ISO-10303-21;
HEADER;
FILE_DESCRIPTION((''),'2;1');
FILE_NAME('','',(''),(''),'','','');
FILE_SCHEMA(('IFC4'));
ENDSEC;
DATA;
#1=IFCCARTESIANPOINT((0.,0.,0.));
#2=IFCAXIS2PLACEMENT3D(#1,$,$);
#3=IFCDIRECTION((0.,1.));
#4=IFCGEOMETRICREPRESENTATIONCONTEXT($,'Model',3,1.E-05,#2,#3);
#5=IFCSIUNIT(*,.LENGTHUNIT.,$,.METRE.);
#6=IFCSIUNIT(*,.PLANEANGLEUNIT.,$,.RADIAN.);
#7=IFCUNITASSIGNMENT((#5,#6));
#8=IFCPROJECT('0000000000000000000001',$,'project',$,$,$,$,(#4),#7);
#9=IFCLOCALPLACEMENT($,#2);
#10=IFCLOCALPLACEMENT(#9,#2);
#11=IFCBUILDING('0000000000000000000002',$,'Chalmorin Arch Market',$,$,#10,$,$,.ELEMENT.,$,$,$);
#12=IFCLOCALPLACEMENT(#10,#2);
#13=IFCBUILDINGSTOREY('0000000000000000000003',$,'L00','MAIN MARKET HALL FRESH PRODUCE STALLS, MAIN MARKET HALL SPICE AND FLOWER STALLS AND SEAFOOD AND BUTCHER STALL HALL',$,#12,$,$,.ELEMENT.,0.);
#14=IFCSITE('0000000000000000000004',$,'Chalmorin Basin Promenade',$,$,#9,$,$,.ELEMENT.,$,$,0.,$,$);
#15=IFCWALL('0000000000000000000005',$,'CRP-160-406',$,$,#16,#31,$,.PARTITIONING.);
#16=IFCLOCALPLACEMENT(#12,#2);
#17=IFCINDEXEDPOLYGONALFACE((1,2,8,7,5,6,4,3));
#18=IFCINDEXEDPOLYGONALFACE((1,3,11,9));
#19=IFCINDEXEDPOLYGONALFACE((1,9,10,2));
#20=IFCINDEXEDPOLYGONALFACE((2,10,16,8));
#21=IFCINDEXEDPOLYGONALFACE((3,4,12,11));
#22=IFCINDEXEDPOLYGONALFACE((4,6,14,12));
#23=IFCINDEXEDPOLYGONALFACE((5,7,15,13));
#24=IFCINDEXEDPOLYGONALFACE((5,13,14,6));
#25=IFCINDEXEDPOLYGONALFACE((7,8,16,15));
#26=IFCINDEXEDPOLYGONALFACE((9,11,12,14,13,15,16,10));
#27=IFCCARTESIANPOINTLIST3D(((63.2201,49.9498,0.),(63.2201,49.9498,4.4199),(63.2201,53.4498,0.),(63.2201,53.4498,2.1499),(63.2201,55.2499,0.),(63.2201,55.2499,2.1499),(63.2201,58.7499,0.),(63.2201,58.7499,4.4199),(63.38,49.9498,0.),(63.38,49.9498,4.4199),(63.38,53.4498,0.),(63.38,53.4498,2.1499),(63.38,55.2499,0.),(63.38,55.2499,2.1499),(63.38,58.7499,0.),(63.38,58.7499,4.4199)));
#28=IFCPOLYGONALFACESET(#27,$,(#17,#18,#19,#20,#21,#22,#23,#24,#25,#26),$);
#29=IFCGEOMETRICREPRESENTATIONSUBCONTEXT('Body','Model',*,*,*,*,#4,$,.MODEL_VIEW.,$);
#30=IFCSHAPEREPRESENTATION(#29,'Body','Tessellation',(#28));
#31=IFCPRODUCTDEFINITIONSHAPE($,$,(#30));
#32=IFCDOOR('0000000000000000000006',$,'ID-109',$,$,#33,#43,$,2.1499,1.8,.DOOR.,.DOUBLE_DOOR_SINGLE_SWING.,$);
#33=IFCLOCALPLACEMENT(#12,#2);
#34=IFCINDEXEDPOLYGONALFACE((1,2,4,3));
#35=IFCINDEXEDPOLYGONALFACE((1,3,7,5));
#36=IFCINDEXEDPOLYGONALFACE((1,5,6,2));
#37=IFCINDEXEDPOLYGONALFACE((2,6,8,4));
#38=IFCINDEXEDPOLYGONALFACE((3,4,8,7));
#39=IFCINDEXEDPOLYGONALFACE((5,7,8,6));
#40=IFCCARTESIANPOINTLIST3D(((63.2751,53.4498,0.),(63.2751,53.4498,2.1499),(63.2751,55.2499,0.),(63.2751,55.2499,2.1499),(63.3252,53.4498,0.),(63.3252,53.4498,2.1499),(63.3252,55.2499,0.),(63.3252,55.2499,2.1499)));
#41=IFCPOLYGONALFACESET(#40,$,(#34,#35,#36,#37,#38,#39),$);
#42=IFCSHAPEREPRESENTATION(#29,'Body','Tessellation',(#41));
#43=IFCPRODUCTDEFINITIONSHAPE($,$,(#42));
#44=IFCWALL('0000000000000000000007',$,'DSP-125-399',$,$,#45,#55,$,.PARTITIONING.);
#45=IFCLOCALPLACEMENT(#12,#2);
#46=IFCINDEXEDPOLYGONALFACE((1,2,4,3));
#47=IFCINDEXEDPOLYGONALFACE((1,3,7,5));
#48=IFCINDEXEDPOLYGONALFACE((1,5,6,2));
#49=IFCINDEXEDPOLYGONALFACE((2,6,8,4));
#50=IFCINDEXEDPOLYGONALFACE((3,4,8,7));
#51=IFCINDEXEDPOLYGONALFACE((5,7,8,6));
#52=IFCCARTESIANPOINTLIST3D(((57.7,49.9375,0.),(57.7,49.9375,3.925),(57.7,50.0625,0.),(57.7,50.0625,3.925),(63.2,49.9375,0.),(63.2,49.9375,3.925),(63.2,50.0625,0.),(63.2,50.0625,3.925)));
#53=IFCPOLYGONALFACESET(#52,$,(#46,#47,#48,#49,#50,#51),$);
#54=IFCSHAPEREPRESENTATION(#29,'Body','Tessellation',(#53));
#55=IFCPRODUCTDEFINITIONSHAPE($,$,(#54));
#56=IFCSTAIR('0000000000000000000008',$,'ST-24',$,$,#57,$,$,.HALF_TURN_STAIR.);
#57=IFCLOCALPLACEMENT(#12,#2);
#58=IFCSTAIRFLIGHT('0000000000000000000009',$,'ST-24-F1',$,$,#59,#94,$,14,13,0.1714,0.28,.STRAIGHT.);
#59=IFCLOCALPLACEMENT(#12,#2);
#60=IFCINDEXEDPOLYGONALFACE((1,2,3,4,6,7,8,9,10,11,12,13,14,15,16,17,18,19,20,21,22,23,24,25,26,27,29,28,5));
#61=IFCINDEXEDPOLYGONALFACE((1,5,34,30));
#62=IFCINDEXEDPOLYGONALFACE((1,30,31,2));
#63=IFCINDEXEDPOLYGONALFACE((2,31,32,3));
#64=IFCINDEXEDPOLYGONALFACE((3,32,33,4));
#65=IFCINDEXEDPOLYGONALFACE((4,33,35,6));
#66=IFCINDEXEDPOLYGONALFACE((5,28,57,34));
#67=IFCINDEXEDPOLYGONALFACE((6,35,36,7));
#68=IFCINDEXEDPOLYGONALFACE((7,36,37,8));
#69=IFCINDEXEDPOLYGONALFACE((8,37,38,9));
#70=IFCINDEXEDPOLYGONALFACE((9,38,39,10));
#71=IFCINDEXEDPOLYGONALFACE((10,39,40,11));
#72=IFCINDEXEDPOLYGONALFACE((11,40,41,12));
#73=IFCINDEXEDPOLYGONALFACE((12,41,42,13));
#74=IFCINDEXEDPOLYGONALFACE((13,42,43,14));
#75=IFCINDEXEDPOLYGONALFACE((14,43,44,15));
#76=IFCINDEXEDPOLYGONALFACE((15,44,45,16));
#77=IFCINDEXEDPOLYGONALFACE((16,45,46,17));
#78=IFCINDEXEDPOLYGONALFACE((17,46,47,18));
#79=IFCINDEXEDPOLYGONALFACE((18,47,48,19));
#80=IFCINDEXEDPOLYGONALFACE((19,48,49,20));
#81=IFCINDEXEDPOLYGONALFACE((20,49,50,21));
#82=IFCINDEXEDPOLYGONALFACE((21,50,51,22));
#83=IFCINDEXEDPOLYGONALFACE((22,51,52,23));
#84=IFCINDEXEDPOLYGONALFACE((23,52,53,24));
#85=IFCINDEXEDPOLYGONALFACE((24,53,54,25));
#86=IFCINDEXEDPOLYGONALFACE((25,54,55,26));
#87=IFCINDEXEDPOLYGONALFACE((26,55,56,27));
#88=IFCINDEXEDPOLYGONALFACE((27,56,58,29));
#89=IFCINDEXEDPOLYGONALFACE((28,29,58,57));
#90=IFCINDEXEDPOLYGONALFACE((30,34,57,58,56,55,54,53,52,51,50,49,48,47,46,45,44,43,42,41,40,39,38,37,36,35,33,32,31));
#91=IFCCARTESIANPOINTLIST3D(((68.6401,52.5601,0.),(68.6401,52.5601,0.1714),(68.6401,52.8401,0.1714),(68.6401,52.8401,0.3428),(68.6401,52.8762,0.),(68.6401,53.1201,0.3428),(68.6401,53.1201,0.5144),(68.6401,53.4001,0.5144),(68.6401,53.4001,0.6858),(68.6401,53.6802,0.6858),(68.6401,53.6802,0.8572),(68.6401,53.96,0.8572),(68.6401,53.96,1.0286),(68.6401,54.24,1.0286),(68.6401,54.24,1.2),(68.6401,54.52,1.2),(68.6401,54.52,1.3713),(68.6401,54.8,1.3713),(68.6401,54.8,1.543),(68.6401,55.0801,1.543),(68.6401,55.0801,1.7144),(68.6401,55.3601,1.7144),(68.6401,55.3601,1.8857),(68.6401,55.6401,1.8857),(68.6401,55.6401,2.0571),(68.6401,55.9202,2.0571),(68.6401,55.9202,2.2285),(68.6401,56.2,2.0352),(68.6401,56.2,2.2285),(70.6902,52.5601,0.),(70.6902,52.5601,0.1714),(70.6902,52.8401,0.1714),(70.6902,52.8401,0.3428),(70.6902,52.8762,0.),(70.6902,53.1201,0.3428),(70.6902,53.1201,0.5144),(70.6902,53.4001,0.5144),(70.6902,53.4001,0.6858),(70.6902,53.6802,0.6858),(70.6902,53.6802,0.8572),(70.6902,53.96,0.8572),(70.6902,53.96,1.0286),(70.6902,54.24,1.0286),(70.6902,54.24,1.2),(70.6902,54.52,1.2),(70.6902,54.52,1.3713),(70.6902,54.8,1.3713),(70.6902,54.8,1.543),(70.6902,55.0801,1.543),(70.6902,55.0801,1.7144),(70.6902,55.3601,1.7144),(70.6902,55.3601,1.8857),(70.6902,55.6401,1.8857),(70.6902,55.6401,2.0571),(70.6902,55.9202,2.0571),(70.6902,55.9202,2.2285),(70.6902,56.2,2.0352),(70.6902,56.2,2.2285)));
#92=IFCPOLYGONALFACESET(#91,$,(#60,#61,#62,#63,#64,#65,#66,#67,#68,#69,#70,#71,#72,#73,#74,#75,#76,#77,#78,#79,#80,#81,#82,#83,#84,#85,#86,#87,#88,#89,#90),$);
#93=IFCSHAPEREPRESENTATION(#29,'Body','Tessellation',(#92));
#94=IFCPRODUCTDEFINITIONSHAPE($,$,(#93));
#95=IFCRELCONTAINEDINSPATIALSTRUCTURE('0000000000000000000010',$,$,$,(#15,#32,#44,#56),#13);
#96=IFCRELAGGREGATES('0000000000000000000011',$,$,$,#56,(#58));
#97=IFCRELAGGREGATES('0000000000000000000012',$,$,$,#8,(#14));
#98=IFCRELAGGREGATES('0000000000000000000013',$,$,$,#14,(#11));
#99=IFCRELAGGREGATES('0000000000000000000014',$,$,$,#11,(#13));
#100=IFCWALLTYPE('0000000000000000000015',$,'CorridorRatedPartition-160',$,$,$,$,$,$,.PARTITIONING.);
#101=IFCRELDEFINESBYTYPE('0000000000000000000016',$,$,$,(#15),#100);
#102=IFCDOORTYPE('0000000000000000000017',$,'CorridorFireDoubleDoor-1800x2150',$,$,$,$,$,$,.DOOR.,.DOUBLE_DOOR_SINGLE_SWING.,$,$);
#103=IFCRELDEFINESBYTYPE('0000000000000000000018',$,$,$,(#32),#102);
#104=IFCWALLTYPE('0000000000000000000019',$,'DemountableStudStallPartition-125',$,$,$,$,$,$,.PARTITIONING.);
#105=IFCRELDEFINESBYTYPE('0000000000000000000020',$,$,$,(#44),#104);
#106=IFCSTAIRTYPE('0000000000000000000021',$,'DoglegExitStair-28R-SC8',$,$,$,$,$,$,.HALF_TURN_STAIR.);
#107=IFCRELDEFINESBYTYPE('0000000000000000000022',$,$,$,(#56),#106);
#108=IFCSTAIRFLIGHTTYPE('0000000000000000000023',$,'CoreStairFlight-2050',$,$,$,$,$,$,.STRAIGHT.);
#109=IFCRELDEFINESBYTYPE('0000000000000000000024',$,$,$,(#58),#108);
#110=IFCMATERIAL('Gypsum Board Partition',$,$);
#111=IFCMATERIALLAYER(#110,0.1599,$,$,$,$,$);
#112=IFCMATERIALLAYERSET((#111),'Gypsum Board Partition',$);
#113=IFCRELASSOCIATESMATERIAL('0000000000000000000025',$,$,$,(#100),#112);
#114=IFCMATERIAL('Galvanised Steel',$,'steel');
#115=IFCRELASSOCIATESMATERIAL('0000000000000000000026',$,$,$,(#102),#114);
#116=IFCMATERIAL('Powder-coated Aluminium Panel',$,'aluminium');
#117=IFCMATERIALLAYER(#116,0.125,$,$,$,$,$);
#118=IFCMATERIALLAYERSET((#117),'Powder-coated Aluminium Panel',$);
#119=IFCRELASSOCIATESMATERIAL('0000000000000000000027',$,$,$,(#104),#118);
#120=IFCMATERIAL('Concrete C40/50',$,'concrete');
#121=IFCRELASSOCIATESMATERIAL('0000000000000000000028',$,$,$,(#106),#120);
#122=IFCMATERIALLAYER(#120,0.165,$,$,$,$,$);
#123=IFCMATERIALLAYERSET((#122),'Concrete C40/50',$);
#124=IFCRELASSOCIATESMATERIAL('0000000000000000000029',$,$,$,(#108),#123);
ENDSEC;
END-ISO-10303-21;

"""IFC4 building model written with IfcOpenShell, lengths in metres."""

from ifc_helpers import new_model, si_unit, direction, frame, frame_2d, origin, place, context, subcontext, project, spatial, polyline, rectangle, outline, extrude, material, layer, layer_set, type_object, element, fill, aggregate, save


model = new_model("IFC4")

# Units and contexts
model_context = context("Model", 3, precision=1e-05, world=origin(), true_north=direction((0.0, 1.0)))
body_context = subcontext(model_context, "Body", "Model", "MODEL_VIEW")
ifc_project = project(units=[si_unit("LENGTHUNIT", "METRE"), si_unit("PLANEANGLEUNIT", "RADIAN")], contexts=[model_context])

# Site, building, storey
site_placement = place(None, origin())
site = spatial("IfcSite", under=ifc_project, at=site_placement, Name="Chalmorin Basin Promenade", CompositionType="ELEMENT", RefElevation=0.0)
building_placement = place(site_placement, origin())
building = spatial("IfcBuilding", under=site, at=building_placement, Name="Chalmorin Arch Market", CompositionType="ELEMENT")
storey_placement = place(building_placement, origin())
storey = spatial("IfcBuildingStorey", under=building, at=storey_placement, Name="L00", Description="MAIN MARKET HALL FRESH PRODUCE STALLS, MAIN MARKET HALL SPICE AND FLOWER STALLS AND SEAFOOD AND BUTCHER STALL HALL", CompositionType="ELEMENT", Elevation=0.0)

# Shared definitions
ifc_material_1 = material(Name="Concrete C40/50", Category="concrete")

# Wall, opening, door
ifc_material_2 = material(Name="Galvanised Steel", Category="steel")
ifc_material_3 = material(Name="Gypsum Board Partition")
ifc_layer_1 = layer(ifc_material_3, 0.1599)
ifc_layer_set_1 = layer_set([ifc_layer_1], Name="Gypsum Board Partition")
wall_type_1 = type_object("IfcWallType", Name="CorridorRatedPartition-160", PredefinedType="PARTITIONING", material=ifc_layer_set_1)
door_type_1 = type_object("IfcDoorType", Name="CorridorFireDoubleDoor-1800x2150", OperationType="DOUBLE_DOOR_SINGLE_SWING", PredefinedType="DOOR", material=ifc_material_2)
wall_1_placement = place(storey_placement, frame((63.3, 49.95, 0.0), z_axis=(0.0, 0.0, 1.0), x_axis=(0.0, 1.0, 0.0)))
wall_1 = element("IfcWall", 1, at=wall_1_placement, inside=storey, type_object=wall_type_1, Name="CRP-160-406", PredefinedType="PARTITIONING", context=body_context, shape_type="SweptSolid", body=[
    extrude(rectangle(XDim=8.8, YDim=0.1599, at=frame_2d((4.3999, 0.0))), origin(), (0.0, 0.0, 1.0), 4.4199),
])
opening_1_placement = place(wall_1_placement, frame((3.5, 0.0, 0.0)))
opening_1 = element("IfcOpeningElement", 2, at=opening_1_placement, cuts=wall_1, PredefinedType="OPENING", context=body_context, shape_type="SweptSolid", body=[
    extrude(rectangle(XDim=1.8, YDim=2.1499, at=frame_2d((0.8999, 1.075))), frame((0.0, 0.0898, 0.0), z_axis=(0.0, -1.0, 0.0), x_axis=(1.0, 0.0, 0.0)), (0.0, 0.0, 1.0), 0.1799),
])
door_1_placement = place(opening_1_placement, origin())
door_1 = element("IfcDoor", 3, at=door_1_placement, inside=storey, type_object=door_type_1, Name="ID-109", OperationType="DOUBLE_DOOR_SINGLE_SWING", OverallHeight=2.1499, OverallWidth=1.8, PredefinedType="DOOR", context=body_context, shape_type="SweptSolid", body=[
    extrude(rectangle(XDim=1.8, YDim=2.1499, at=frame_2d((0.8999, 1.075))), frame((0.0, 0.0249, 0.0), z_axis=(0.0, -1.0, 0.0), x_axis=(1.0, 0.0, 0.0)), (0.0, 0.0, 1.0), 0.05),
])
fill(opening_1, door_1)

# Wall
ifc_material_4 = material(Name="Powder-coated Aluminium Panel", Category="aluminium")
ifc_layer_2 = layer(ifc_material_4, 0.125)
ifc_layer_set_2 = layer_set([ifc_layer_2], Name="Powder-coated Aluminium Panel")
wall_type_2 = type_object("IfcWallType", Name="DemountableStudStallPartition-125", PredefinedType="PARTITIONING", material=ifc_layer_set_2)
wall_2_placement = place(storey_placement, frame((57.7, 50.0, 0.0), z_axis=(0.0, 0.0, 1.0), x_axis=(1.0, 0.0, 0.0)))
element("IfcWall", 4, at=wall_2_placement, inside=storey, type_object=wall_type_2, Name="DSP-125-399", PredefinedType="PARTITIONING", context=body_context, shape_type="SweptSolid", body=[
    extrude(rectangle(XDim=5.5, YDim=0.125, at=frame_2d((2.75, 0.0))), origin(), (0.0, 0.0, 1.0), 3.925),
])

# Stair, stair flight
stair_type = type_object("IfcStairType", Name="DoglegExitStair-28R-SC8", PredefinedType="HALF_TURN_STAIR", material=ifc_material_1)
stair_placement = place(storey_placement, origin())
stair = element("IfcStair", 5, at=stair_placement, inside=storey, type_object=stair_type, Name="ST-24", PredefinedType="HALF_TURN_STAIR")
ifc_layer_3 = layer(ifc_material_1, 0.165)
ifc_layer_set_3 = layer_set([ifc_layer_3], Name="Concrete C40/50")
stair_flight_type = type_object("IfcStairFlightType", Name="CoreStairFlight-2050", PredefinedType="STRAIGHT", material=ifc_layer_set_3)
stair_flight_placement = place(storey_placement, frame((69.665, 52.5601, 0.0), z_axis=(0.0, 0.0, 1.0), x_axis=(0.0, 1.0, 0.0)))
stair_flight = element("IfcStairFlight", 6, at=stair_flight_placement, type_object=stair_flight_type, Name="ST-24-F1", NumberOfRisers=14, NumberOfTreads=13, PredefinedType="STRAIGHT", RiserHeight=0.1714, TreadLength=0.28, context=body_context, shape_type="SweptSolid", body=[
    extrude(outline(polyline([(0.0, 0.0), (0.0, 0.1714), (0.28, 0.1714), (0.28, 0.3428), (0.5601, 0.3428), (0.5601, 0.5144), (0.8401, 0.5144), (0.8401, 0.6858), (1.1201, 0.6858), (1.1201, 0.8572), (1.3999, 0.8572), (1.3999, 1.0286), (1.6799, 1.0286), (1.6799, 1.2), (1.96, 1.2), (1.96, 1.3713), (2.24, 1.3713), (2.24, 1.543), (2.52, 1.543), (2.52, 1.7144), (2.8, 1.7144), (2.8, 1.8857), (3.0801, 1.8857), (3.0801, 2.0571), (3.3601, 2.0571), (3.3601, 2.2285), (3.6399, 2.2285), (3.6399, 2.3999), (3.6399, 2.0352), (0.3162, 0.0), (0.0, 0.0)])), frame((0.0, 1.0249, 0.0), z_axis=(0.0, -1.0, 0.0), x_axis=(1.0, 0.0, 0.0)), (0.0, 0.0, 1.0), 2.05),
])
aggregate(stair, [stair_flight])

save(model, "model.ifc")
